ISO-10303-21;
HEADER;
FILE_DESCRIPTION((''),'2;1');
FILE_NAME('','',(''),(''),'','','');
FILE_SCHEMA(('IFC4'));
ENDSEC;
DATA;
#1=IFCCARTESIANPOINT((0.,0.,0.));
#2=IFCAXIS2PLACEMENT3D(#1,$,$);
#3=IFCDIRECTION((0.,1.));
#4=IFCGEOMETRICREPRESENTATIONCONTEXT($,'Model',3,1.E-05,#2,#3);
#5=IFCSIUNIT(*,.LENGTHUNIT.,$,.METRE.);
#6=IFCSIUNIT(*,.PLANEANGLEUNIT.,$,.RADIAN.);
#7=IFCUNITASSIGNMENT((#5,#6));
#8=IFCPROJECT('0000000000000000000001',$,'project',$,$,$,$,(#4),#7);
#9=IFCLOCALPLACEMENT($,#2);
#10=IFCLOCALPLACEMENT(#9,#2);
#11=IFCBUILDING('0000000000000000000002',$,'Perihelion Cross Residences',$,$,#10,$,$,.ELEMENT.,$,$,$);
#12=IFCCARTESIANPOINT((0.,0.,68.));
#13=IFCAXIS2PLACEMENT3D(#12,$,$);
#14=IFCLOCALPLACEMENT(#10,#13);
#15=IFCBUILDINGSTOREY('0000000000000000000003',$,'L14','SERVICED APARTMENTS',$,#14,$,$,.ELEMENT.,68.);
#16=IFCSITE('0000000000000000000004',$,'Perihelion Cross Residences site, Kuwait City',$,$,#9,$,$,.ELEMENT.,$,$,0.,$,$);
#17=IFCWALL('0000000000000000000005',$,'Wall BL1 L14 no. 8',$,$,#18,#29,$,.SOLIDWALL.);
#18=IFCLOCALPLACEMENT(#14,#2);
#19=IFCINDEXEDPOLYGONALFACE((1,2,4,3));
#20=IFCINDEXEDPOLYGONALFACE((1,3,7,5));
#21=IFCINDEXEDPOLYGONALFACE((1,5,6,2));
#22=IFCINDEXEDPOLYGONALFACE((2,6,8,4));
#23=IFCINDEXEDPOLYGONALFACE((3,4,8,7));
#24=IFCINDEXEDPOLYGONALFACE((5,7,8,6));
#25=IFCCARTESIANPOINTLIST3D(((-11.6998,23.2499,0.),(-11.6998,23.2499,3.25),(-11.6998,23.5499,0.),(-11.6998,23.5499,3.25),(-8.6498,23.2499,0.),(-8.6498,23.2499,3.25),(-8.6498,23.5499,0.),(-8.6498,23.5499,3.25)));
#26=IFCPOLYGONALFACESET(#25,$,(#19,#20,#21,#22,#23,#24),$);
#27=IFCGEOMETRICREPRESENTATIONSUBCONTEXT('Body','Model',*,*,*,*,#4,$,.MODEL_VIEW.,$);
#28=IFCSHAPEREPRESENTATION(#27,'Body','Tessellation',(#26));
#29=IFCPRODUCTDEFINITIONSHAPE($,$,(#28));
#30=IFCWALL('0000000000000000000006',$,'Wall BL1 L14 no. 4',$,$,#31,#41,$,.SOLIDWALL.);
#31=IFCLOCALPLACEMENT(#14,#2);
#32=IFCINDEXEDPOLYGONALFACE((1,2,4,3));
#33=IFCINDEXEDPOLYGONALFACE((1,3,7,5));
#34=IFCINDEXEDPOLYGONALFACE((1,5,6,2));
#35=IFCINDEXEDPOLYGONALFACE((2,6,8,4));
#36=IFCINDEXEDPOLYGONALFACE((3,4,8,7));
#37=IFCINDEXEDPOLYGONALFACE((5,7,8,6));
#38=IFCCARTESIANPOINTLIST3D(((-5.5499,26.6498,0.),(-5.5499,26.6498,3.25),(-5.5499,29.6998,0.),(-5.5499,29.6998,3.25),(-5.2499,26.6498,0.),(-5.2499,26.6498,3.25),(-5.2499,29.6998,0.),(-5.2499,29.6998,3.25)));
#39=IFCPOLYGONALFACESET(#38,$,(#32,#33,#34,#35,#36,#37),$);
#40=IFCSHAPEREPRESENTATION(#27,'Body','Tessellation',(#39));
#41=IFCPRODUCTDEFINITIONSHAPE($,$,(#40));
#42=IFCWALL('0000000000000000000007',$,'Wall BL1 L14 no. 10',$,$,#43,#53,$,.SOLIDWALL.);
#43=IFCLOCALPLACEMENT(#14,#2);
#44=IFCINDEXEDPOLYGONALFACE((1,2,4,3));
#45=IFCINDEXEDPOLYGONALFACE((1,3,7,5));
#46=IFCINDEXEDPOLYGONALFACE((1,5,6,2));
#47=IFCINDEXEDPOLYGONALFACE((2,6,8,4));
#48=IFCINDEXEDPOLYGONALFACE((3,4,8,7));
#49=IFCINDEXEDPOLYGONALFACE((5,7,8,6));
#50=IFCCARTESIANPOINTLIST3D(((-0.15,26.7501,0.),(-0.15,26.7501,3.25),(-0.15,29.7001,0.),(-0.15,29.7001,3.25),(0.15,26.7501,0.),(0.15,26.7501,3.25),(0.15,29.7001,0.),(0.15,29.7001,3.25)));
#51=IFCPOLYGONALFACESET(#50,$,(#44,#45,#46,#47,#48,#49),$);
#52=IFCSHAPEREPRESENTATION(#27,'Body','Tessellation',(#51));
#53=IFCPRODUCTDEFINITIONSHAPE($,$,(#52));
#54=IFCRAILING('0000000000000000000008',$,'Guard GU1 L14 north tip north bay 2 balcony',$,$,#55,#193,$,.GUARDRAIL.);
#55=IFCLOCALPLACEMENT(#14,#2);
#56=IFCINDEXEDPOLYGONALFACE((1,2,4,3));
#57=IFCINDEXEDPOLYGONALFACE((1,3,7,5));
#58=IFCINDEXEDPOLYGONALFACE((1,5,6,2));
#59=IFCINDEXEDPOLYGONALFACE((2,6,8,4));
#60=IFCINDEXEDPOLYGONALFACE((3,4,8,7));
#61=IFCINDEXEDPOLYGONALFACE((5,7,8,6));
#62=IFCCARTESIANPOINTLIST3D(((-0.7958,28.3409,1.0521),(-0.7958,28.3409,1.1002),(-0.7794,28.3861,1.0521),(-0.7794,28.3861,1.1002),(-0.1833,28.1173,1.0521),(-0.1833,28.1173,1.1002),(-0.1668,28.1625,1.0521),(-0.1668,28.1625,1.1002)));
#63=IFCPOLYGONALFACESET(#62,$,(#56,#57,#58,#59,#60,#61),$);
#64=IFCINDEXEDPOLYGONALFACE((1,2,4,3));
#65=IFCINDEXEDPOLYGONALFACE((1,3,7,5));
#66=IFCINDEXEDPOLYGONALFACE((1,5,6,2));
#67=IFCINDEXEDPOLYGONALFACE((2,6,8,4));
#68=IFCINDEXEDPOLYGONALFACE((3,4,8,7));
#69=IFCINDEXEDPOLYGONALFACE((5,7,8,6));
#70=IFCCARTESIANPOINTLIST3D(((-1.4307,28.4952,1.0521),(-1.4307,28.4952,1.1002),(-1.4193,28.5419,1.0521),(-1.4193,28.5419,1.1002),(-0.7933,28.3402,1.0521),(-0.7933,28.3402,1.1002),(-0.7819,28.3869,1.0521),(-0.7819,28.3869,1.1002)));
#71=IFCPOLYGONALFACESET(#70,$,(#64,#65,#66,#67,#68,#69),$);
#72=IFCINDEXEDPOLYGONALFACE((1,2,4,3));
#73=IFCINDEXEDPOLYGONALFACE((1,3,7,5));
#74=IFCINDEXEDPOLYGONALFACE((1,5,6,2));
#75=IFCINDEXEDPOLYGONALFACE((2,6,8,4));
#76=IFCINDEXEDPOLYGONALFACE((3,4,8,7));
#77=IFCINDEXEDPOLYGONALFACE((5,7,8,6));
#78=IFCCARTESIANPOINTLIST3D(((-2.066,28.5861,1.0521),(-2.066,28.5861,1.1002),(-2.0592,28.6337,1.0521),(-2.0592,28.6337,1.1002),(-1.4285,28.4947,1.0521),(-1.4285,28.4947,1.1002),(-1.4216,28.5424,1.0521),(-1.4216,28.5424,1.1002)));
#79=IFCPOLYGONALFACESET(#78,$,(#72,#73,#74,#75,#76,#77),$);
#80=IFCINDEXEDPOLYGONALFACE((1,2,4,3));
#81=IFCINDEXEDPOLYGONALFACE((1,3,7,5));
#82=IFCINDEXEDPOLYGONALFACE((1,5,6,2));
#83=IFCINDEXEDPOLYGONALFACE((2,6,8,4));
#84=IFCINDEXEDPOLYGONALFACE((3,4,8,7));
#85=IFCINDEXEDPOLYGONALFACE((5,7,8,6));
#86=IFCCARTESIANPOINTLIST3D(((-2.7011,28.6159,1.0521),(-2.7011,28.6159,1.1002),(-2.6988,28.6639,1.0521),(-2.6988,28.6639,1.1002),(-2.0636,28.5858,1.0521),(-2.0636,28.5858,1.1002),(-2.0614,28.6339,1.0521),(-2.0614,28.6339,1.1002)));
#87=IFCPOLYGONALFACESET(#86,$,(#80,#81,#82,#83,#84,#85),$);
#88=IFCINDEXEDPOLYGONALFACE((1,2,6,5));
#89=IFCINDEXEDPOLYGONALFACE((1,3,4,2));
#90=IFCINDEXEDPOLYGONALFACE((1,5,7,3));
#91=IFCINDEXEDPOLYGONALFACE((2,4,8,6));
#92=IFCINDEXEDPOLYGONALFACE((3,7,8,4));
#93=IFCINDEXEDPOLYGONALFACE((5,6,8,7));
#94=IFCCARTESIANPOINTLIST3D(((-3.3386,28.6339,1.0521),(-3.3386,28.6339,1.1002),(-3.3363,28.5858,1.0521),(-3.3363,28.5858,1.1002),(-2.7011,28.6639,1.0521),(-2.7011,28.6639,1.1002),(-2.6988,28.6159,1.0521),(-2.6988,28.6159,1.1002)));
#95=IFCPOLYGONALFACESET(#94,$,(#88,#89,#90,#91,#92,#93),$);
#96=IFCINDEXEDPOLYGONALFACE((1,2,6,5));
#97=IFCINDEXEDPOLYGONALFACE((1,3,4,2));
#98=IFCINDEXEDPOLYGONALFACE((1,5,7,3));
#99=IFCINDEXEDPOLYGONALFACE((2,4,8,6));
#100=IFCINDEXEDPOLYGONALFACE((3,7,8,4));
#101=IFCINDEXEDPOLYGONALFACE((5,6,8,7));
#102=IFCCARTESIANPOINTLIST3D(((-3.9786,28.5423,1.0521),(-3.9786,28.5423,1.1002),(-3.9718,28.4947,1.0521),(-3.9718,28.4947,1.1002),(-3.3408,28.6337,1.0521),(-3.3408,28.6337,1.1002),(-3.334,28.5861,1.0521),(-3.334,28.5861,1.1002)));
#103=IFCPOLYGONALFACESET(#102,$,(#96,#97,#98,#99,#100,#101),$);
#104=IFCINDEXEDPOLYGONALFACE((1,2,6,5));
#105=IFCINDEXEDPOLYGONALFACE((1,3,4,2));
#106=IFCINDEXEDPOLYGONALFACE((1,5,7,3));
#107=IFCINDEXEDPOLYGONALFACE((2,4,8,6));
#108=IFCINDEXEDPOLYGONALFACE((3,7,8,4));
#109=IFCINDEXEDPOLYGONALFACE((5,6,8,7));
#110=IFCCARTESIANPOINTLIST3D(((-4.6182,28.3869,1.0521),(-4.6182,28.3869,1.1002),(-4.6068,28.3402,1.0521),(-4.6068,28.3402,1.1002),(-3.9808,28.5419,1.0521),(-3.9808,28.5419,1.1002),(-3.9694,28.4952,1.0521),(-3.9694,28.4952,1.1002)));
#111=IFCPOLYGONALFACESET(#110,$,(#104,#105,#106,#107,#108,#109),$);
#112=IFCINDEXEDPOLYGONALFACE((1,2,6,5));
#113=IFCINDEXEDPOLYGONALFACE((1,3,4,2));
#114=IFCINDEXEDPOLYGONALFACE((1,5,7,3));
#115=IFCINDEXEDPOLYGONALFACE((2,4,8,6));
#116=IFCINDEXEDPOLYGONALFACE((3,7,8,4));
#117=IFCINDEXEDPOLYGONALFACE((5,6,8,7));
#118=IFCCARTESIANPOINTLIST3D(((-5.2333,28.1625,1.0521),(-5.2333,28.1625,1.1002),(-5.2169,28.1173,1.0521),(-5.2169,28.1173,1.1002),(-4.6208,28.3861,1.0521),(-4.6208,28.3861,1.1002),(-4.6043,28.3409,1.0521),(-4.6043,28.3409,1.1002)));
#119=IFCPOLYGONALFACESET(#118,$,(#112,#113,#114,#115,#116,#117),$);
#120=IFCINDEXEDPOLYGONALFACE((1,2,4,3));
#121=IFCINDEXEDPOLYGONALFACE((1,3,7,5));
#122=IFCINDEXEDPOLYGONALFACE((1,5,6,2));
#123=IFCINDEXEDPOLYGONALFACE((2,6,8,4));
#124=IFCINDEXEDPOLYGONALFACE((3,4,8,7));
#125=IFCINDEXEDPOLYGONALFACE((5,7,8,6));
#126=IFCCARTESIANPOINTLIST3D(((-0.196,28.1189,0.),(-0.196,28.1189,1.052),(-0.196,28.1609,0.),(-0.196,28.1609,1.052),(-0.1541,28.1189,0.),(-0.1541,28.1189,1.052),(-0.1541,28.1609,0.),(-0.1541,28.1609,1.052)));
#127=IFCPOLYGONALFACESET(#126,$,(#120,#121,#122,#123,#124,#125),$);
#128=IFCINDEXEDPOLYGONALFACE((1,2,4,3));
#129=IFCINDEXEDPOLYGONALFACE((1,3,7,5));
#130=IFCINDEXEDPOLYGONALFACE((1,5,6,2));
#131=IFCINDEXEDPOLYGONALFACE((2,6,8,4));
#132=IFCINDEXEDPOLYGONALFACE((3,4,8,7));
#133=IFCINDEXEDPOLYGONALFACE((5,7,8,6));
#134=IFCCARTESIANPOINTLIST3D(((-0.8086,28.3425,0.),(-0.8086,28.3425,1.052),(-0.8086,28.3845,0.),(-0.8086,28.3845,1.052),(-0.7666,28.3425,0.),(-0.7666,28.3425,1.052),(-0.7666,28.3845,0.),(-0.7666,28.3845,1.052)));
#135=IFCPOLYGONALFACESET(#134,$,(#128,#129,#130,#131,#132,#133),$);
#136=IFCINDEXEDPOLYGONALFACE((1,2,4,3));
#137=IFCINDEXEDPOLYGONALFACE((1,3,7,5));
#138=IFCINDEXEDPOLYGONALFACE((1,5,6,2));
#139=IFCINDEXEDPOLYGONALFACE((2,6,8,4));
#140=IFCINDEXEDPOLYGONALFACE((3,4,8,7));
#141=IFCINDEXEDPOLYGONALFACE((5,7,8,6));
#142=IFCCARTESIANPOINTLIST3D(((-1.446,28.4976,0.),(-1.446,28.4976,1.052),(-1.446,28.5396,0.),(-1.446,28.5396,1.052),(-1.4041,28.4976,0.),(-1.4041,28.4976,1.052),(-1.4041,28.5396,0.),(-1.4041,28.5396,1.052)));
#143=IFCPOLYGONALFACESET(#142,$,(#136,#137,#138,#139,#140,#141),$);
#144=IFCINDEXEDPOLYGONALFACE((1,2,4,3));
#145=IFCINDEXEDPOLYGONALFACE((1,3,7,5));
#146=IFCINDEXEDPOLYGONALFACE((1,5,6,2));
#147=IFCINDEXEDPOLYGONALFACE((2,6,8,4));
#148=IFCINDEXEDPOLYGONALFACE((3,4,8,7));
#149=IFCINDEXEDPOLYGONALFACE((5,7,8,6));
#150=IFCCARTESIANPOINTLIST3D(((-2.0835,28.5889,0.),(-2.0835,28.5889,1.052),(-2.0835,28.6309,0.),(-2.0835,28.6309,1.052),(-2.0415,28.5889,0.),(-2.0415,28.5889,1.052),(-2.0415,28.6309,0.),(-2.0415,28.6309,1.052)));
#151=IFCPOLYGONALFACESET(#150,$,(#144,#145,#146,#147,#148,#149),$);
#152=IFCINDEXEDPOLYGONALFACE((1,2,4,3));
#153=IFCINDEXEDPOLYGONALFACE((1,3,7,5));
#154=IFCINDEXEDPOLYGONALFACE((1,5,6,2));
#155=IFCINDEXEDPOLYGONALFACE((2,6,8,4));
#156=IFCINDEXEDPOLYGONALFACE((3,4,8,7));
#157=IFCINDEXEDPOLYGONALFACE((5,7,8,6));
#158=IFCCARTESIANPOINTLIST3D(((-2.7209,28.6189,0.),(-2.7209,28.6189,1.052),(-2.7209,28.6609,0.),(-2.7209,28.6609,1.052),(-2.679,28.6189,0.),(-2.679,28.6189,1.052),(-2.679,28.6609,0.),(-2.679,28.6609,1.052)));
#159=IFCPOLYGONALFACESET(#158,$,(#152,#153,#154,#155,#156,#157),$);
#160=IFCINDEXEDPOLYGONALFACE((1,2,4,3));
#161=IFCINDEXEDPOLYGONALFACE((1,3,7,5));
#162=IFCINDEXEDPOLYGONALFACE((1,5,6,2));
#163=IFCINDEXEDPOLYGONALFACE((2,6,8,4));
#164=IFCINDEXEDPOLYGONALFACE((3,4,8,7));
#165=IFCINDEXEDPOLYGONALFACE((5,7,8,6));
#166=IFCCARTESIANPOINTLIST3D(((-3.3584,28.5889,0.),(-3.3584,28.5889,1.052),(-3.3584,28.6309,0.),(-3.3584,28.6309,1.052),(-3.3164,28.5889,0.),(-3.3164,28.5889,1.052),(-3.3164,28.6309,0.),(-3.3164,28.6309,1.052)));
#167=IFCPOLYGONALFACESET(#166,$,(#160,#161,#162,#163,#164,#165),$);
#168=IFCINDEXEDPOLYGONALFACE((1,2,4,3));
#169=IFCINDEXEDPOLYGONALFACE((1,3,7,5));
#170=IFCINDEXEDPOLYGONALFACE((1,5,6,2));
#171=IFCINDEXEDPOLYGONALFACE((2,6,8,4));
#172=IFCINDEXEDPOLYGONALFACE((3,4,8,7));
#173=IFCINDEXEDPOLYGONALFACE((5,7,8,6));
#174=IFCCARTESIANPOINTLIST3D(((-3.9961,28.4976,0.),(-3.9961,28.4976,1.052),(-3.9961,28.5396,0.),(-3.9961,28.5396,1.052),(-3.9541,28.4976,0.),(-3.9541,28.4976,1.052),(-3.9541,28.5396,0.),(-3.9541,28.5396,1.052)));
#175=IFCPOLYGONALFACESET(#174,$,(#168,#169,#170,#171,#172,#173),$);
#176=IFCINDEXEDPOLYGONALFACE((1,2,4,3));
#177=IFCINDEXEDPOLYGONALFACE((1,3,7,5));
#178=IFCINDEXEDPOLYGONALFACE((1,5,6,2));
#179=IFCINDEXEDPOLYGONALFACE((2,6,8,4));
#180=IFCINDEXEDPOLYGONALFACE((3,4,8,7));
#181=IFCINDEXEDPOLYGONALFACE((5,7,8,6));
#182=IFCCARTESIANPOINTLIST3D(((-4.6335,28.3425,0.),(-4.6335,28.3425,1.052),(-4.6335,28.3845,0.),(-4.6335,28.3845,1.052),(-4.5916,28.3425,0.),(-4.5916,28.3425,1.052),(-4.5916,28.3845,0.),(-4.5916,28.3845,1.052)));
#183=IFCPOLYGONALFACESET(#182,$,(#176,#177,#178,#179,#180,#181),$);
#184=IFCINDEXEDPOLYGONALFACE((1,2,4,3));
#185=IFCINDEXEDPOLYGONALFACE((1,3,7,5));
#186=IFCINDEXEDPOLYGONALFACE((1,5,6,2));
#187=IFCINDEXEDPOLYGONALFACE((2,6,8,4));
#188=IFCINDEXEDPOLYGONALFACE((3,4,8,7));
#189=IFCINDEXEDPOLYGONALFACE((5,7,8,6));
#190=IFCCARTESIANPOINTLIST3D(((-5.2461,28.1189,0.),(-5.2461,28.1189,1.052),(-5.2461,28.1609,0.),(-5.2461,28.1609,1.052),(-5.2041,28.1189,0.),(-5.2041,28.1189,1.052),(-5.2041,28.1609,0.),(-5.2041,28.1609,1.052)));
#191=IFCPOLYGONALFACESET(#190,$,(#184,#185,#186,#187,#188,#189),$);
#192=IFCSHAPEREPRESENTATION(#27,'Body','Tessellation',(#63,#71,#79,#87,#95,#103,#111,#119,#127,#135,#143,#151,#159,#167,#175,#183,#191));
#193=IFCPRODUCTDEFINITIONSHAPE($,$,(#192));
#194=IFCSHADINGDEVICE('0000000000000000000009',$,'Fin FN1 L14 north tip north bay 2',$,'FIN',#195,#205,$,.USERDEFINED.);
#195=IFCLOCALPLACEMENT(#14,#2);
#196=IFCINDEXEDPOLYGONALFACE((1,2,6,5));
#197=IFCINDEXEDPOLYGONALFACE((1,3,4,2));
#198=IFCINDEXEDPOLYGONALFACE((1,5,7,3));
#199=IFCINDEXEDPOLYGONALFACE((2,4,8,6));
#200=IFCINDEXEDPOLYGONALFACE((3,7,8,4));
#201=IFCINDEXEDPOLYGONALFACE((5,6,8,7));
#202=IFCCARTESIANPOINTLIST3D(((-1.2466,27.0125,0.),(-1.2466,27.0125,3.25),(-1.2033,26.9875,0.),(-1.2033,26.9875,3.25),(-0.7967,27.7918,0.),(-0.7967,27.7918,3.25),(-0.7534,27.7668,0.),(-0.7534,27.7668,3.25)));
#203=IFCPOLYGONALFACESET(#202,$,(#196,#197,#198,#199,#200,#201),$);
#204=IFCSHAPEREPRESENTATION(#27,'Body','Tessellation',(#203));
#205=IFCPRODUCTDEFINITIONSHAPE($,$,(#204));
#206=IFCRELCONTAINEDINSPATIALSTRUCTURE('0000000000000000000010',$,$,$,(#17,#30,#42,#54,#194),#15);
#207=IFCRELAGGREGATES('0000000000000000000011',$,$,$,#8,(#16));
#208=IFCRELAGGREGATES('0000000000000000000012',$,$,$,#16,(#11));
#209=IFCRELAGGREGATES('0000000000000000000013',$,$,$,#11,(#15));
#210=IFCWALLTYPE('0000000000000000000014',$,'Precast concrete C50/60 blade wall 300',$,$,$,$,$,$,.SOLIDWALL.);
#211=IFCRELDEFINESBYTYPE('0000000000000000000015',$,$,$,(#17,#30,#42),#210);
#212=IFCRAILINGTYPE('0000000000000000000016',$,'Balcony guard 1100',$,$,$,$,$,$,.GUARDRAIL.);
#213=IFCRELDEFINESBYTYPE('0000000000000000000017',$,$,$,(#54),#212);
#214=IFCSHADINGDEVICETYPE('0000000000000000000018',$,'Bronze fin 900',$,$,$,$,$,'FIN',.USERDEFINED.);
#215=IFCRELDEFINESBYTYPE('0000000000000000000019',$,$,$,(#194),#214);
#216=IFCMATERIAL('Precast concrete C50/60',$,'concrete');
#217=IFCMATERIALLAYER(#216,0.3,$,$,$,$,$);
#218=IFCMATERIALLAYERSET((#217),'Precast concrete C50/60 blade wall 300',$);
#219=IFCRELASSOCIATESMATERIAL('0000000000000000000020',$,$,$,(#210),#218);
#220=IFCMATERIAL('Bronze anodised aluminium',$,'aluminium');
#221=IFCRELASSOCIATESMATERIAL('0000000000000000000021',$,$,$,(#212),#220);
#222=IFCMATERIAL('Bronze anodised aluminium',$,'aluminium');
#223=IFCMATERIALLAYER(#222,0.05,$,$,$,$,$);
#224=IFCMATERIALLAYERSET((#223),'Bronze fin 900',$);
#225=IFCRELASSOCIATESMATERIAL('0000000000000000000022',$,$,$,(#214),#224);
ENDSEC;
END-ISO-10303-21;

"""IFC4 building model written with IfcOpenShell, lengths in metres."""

from ifc_helpers import new_model, si_unit, direction, frame, frame_2d, origin, origin_2d, place, context, subcontext, project, spatial, rectangle, extrude, material, layer, layer_set, type_object, element, save


model = new_model("IFC4")

# Units and contexts
model_context = context("Model", 3, precision=1e-05, world=origin(), true_north=direction((0.0, 1.0)))
body_context = subcontext(model_context, "Body", "Model", "MODEL_VIEW")
ifc_project = project(units=[si_unit("LENGTHUNIT", "METRE"), si_unit("PLANEANGLEUNIT", "RADIAN")], contexts=[model_context])

# Site, building, storey
site_placement = place(None, origin())
site = spatial("IfcSite", under=ifc_project, at=site_placement, Name="Perihelion Cross Residences site, Kuwait City", CompositionType="ELEMENT", RefElevation=0.0)
building_placement = place(site_placement, origin())
building = spatial("IfcBuilding", under=site, at=building_placement, Name="Perihelion Cross Residences", CompositionType="ELEMENT")
storey_placement = place(building_placement, frame((0.0, 0.0, 68.0)))
storey = spatial("IfcBuildingStorey", under=building, at=storey_placement, Name="L14", Description="SERVICED APARTMENTS", CompositionType="ELEMENT", Elevation=68.0)

# Walls
ifc_material_1 = material(Name="Precast concrete C50/60", Category="concrete")
ifc_layer_1 = layer(ifc_material_1, 0.3)
ifc_layer_set_1 = layer_set([ifc_layer_1], Name="Precast concrete C50/60 blade wall 300")
wall_type_1 = type_object("IfcWallType", Name="Precast concrete C50/60 blade wall 300", PredefinedType="SOLIDWALL", material=ifc_layer_set_1)
for number, where, z_axis, x_axis, name in (
    (1, (-8.6499, 23.3999, 0.0), (0.0, 0.0, 1.0), (-1.0, 0.0, 0.0), "Wall BL1 L14 no. 8"),
    (2, (-5.3999, 26.6499, 0.0), (0.0, 0.0, 1.0), (0.0, 1.0, 0.0), "Wall BL1 L14 no. 4"),
):
    element("IfcWall", number, at=place(storey_placement, frame(where, z_axis=z_axis, x_axis=x_axis)), inside=storey, type_object=wall_type_1, Name=name, PredefinedType="SOLIDWALL", context=body_context, shape_type="SweptSolid", body=[
        extrude(rectangle(XDim=3.05, YDim=0.3, at=frame_2d((1.5249, 0.0))), origin(), (0.0, 0.0, 1.0), 3.25),
    ])
wall_1_placement = place(storey_placement, frame((0.0, 26.75, 0.0), z_axis=(0.0, 0.0, 1.0), x_axis=(0.0, 1.0, 0.0)))
element("IfcWall", 3, at=wall_1_placement, inside=storey, type_object=wall_type_1, Name="Wall BL1 L14 no. 10", PredefinedType="SOLIDWALL", context=body_context, shape_type="SweptSolid", body=[
    extrude(rectangle(XDim=2.95, YDim=0.3, at=frame_2d((1.4751, 0.0))), origin(), (0.0, 0.0, 1.0), 3.25),
])

# Railing
ifc_material_2 = material(Name="Bronze anodised aluminium", Category="aluminium")
railing_type = type_object("IfcRailingType", Name="Balcony guard 1100", PredefinedType="GUARDRAIL", material=ifc_material_2)
railing_placement = place(storey_placement, frame((-0.175, 28.1399, 0.0)))
element("IfcRailing", 4, at=railing_placement, inside=storey, type_object=railing_type, Name="Guard GU1 L14 north tip north bay 2 balcony", PredefinedType="GUARDRAIL", context=body_context, shape_type="SweptSolid", body=[
    extrude(rectangle(XDim=0.0481, YDim=0.0481, at=origin_2d()), frame((0.0, 0.0, 1.0762), z_axis=(-0.939355, 0.342945, 0.0), x_axis=(-0.342945, -0.939355, 0.0)), (0.0, 0.0, 1.0), 0.6521),
    extrude(rectangle(XDim=0.0481, YDim=0.0481, at=origin_2d()), frame((-0.6125, 0.2236, 1.0762), z_axis=(-0.971677, 0.236314, 0.0), x_axis=(-0.236314, -0.971677, 0.0)), (0.0, 0.0, 1.0), 0.656),
    extrude(rectangle(XDim=0.0481, YDim=0.0481, at=origin_2d()), frame((-1.25, 0.3787, 1.0762), z_axis=(-0.989896, 0.141793, 0.0), x_axis=(-0.141793, -0.989896, 0.0)), (0.0, 0.0, 1.0), 0.644),
    extrude(rectangle(XDim=0.0481, YDim=0.0481, at=origin_2d()), frame((-1.8875, 0.47, 1.0762), z_axis=(-0.998892, 0.047056, 0.0), x_axis=(-0.047056, -0.998892, 0.0)), (0.0, 0.0, 1.0), 0.6382),
    extrude(rectangle(XDim=0.0481, YDim=0.0481, at=origin_2d()), frame((-2.5249, 0.5, 1.0762), z_axis=(-0.998892, -0.047056, 0.0), x_axis=(0.047056, -0.998892, 0.0)), (0.0, 0.0, 1.0), 0.6382),
    extrude(rectangle(XDim=0.0481, YDim=0.0481, at=origin_2d()), frame((-3.1624, 0.47, 1.0762), z_axis=(-0.989904, -0.14174, 0.0), x_axis=(0.14174, -0.989904, 0.0)), (0.0, 0.0, 1.0), 0.6443),
    extrude(rectangle(XDim=0.0481, YDim=0.0481, at=origin_2d()), frame((-3.8, 0.3787, 1.0762), z_axis=(-0.971677, -0.236314, 0.0), x_axis=(0.236314, -0.971677, 0.0)), (0.0, 0.0, 1.0), 0.656),
    extrude(rectangle(XDim=0.0481, YDim=0.0481, at=origin_2d()), frame((-4.4375, 0.2236, 1.0762), z_axis=(-0.939355, -0.342945, 0.0), x_axis=(0.342945, -0.939355, 0.0)), (0.0, 0.0, 1.0), 0.6521),
    extrude(rectangle(XDim=0.042, YDim=0.042, at=origin_2d()), origin(), (0.0, 0.0, 1.0), 1.052),
    extrude(rectangle(XDim=0.042, YDim=0.042, at=origin_2d()), frame((-0.6125, 0.2236, 0.0)), (0.0, 0.0, 1.0), 1.052),
    extrude(rectangle(XDim=0.042, YDim=0.042, at=origin_2d()), frame((-1.25, 0.3787, 0.0)), (0.0, 0.0, 1.0), 1.052),
    extrude(rectangle(XDim=0.042, YDim=0.042, at=origin_2d()), frame((-1.8875, 0.47, 0.0)), (0.0, 0.0, 1.0), 1.052),
    extrude(rectangle(XDim=0.042, YDim=0.042, at=origin_2d()), frame((-2.5249, 0.5, 0.0)), (0.0, 0.0, 1.0), 1.052),
    extrude(rectangle(XDim=0.042, YDim=0.042, at=origin_2d()), frame((-3.1624, 0.47, 0.0)), (0.0, 0.0, 1.0), 1.052),
    extrude(rectangle(XDim=0.042, YDim=0.042, at=origin_2d()), frame((-3.8, 0.3787, 0.0)), (0.0, 0.0, 1.0), 1.052),
    extrude(rectangle(XDim=0.042, YDim=0.042, at=origin_2d()), frame((-4.4375, 0.2236, 0.0)), (0.0, 0.0, 1.0), 1.052),
    extrude(rectangle(XDim=0.042, YDim=0.042, at=origin_2d()), frame((-5.05, 0.0, 0.0)), (0.0, 0.0, 1.0), 1.052),
])

# Shading device
ifc_material_3 = material(Name="Bronze anodised aluminium", Category="aluminium")
ifc_layer_2 = layer(ifc_material_3, 0.05)
ifc_layer_set_2 = layer_set([ifc_layer_2], Name="Bronze fin 900")
shading_device_type = type_object("IfcShadingDeviceType", Name="Bronze fin 900", ElementType="FIN", PredefinedType="USERDEFINED", material=ifc_layer_set_2)
shading_device_placement = place(storey_placement, frame((-1.0, 27.3896, 0.0), z_axis=(0.0, 0.0, 1.0), x_axis=(0.5, 0.866025, 0.0)))
element("IfcShadingDevice", 5, at=shading_device_placement, inside=storey, type_object=shading_device_type, Name="Fin FN1 L14 north tip north bay 2", ObjectType="FIN", PredefinedType="USERDEFINED", context=body_context, shape_type="SweptSolid", body=[
    extrude(rectangle(XDim=0.8999, YDim=0.05, at=origin_2d()), origin(), (0.0, 0.0, 1.0), 3.25),
])

save(model, "model.ifc")
